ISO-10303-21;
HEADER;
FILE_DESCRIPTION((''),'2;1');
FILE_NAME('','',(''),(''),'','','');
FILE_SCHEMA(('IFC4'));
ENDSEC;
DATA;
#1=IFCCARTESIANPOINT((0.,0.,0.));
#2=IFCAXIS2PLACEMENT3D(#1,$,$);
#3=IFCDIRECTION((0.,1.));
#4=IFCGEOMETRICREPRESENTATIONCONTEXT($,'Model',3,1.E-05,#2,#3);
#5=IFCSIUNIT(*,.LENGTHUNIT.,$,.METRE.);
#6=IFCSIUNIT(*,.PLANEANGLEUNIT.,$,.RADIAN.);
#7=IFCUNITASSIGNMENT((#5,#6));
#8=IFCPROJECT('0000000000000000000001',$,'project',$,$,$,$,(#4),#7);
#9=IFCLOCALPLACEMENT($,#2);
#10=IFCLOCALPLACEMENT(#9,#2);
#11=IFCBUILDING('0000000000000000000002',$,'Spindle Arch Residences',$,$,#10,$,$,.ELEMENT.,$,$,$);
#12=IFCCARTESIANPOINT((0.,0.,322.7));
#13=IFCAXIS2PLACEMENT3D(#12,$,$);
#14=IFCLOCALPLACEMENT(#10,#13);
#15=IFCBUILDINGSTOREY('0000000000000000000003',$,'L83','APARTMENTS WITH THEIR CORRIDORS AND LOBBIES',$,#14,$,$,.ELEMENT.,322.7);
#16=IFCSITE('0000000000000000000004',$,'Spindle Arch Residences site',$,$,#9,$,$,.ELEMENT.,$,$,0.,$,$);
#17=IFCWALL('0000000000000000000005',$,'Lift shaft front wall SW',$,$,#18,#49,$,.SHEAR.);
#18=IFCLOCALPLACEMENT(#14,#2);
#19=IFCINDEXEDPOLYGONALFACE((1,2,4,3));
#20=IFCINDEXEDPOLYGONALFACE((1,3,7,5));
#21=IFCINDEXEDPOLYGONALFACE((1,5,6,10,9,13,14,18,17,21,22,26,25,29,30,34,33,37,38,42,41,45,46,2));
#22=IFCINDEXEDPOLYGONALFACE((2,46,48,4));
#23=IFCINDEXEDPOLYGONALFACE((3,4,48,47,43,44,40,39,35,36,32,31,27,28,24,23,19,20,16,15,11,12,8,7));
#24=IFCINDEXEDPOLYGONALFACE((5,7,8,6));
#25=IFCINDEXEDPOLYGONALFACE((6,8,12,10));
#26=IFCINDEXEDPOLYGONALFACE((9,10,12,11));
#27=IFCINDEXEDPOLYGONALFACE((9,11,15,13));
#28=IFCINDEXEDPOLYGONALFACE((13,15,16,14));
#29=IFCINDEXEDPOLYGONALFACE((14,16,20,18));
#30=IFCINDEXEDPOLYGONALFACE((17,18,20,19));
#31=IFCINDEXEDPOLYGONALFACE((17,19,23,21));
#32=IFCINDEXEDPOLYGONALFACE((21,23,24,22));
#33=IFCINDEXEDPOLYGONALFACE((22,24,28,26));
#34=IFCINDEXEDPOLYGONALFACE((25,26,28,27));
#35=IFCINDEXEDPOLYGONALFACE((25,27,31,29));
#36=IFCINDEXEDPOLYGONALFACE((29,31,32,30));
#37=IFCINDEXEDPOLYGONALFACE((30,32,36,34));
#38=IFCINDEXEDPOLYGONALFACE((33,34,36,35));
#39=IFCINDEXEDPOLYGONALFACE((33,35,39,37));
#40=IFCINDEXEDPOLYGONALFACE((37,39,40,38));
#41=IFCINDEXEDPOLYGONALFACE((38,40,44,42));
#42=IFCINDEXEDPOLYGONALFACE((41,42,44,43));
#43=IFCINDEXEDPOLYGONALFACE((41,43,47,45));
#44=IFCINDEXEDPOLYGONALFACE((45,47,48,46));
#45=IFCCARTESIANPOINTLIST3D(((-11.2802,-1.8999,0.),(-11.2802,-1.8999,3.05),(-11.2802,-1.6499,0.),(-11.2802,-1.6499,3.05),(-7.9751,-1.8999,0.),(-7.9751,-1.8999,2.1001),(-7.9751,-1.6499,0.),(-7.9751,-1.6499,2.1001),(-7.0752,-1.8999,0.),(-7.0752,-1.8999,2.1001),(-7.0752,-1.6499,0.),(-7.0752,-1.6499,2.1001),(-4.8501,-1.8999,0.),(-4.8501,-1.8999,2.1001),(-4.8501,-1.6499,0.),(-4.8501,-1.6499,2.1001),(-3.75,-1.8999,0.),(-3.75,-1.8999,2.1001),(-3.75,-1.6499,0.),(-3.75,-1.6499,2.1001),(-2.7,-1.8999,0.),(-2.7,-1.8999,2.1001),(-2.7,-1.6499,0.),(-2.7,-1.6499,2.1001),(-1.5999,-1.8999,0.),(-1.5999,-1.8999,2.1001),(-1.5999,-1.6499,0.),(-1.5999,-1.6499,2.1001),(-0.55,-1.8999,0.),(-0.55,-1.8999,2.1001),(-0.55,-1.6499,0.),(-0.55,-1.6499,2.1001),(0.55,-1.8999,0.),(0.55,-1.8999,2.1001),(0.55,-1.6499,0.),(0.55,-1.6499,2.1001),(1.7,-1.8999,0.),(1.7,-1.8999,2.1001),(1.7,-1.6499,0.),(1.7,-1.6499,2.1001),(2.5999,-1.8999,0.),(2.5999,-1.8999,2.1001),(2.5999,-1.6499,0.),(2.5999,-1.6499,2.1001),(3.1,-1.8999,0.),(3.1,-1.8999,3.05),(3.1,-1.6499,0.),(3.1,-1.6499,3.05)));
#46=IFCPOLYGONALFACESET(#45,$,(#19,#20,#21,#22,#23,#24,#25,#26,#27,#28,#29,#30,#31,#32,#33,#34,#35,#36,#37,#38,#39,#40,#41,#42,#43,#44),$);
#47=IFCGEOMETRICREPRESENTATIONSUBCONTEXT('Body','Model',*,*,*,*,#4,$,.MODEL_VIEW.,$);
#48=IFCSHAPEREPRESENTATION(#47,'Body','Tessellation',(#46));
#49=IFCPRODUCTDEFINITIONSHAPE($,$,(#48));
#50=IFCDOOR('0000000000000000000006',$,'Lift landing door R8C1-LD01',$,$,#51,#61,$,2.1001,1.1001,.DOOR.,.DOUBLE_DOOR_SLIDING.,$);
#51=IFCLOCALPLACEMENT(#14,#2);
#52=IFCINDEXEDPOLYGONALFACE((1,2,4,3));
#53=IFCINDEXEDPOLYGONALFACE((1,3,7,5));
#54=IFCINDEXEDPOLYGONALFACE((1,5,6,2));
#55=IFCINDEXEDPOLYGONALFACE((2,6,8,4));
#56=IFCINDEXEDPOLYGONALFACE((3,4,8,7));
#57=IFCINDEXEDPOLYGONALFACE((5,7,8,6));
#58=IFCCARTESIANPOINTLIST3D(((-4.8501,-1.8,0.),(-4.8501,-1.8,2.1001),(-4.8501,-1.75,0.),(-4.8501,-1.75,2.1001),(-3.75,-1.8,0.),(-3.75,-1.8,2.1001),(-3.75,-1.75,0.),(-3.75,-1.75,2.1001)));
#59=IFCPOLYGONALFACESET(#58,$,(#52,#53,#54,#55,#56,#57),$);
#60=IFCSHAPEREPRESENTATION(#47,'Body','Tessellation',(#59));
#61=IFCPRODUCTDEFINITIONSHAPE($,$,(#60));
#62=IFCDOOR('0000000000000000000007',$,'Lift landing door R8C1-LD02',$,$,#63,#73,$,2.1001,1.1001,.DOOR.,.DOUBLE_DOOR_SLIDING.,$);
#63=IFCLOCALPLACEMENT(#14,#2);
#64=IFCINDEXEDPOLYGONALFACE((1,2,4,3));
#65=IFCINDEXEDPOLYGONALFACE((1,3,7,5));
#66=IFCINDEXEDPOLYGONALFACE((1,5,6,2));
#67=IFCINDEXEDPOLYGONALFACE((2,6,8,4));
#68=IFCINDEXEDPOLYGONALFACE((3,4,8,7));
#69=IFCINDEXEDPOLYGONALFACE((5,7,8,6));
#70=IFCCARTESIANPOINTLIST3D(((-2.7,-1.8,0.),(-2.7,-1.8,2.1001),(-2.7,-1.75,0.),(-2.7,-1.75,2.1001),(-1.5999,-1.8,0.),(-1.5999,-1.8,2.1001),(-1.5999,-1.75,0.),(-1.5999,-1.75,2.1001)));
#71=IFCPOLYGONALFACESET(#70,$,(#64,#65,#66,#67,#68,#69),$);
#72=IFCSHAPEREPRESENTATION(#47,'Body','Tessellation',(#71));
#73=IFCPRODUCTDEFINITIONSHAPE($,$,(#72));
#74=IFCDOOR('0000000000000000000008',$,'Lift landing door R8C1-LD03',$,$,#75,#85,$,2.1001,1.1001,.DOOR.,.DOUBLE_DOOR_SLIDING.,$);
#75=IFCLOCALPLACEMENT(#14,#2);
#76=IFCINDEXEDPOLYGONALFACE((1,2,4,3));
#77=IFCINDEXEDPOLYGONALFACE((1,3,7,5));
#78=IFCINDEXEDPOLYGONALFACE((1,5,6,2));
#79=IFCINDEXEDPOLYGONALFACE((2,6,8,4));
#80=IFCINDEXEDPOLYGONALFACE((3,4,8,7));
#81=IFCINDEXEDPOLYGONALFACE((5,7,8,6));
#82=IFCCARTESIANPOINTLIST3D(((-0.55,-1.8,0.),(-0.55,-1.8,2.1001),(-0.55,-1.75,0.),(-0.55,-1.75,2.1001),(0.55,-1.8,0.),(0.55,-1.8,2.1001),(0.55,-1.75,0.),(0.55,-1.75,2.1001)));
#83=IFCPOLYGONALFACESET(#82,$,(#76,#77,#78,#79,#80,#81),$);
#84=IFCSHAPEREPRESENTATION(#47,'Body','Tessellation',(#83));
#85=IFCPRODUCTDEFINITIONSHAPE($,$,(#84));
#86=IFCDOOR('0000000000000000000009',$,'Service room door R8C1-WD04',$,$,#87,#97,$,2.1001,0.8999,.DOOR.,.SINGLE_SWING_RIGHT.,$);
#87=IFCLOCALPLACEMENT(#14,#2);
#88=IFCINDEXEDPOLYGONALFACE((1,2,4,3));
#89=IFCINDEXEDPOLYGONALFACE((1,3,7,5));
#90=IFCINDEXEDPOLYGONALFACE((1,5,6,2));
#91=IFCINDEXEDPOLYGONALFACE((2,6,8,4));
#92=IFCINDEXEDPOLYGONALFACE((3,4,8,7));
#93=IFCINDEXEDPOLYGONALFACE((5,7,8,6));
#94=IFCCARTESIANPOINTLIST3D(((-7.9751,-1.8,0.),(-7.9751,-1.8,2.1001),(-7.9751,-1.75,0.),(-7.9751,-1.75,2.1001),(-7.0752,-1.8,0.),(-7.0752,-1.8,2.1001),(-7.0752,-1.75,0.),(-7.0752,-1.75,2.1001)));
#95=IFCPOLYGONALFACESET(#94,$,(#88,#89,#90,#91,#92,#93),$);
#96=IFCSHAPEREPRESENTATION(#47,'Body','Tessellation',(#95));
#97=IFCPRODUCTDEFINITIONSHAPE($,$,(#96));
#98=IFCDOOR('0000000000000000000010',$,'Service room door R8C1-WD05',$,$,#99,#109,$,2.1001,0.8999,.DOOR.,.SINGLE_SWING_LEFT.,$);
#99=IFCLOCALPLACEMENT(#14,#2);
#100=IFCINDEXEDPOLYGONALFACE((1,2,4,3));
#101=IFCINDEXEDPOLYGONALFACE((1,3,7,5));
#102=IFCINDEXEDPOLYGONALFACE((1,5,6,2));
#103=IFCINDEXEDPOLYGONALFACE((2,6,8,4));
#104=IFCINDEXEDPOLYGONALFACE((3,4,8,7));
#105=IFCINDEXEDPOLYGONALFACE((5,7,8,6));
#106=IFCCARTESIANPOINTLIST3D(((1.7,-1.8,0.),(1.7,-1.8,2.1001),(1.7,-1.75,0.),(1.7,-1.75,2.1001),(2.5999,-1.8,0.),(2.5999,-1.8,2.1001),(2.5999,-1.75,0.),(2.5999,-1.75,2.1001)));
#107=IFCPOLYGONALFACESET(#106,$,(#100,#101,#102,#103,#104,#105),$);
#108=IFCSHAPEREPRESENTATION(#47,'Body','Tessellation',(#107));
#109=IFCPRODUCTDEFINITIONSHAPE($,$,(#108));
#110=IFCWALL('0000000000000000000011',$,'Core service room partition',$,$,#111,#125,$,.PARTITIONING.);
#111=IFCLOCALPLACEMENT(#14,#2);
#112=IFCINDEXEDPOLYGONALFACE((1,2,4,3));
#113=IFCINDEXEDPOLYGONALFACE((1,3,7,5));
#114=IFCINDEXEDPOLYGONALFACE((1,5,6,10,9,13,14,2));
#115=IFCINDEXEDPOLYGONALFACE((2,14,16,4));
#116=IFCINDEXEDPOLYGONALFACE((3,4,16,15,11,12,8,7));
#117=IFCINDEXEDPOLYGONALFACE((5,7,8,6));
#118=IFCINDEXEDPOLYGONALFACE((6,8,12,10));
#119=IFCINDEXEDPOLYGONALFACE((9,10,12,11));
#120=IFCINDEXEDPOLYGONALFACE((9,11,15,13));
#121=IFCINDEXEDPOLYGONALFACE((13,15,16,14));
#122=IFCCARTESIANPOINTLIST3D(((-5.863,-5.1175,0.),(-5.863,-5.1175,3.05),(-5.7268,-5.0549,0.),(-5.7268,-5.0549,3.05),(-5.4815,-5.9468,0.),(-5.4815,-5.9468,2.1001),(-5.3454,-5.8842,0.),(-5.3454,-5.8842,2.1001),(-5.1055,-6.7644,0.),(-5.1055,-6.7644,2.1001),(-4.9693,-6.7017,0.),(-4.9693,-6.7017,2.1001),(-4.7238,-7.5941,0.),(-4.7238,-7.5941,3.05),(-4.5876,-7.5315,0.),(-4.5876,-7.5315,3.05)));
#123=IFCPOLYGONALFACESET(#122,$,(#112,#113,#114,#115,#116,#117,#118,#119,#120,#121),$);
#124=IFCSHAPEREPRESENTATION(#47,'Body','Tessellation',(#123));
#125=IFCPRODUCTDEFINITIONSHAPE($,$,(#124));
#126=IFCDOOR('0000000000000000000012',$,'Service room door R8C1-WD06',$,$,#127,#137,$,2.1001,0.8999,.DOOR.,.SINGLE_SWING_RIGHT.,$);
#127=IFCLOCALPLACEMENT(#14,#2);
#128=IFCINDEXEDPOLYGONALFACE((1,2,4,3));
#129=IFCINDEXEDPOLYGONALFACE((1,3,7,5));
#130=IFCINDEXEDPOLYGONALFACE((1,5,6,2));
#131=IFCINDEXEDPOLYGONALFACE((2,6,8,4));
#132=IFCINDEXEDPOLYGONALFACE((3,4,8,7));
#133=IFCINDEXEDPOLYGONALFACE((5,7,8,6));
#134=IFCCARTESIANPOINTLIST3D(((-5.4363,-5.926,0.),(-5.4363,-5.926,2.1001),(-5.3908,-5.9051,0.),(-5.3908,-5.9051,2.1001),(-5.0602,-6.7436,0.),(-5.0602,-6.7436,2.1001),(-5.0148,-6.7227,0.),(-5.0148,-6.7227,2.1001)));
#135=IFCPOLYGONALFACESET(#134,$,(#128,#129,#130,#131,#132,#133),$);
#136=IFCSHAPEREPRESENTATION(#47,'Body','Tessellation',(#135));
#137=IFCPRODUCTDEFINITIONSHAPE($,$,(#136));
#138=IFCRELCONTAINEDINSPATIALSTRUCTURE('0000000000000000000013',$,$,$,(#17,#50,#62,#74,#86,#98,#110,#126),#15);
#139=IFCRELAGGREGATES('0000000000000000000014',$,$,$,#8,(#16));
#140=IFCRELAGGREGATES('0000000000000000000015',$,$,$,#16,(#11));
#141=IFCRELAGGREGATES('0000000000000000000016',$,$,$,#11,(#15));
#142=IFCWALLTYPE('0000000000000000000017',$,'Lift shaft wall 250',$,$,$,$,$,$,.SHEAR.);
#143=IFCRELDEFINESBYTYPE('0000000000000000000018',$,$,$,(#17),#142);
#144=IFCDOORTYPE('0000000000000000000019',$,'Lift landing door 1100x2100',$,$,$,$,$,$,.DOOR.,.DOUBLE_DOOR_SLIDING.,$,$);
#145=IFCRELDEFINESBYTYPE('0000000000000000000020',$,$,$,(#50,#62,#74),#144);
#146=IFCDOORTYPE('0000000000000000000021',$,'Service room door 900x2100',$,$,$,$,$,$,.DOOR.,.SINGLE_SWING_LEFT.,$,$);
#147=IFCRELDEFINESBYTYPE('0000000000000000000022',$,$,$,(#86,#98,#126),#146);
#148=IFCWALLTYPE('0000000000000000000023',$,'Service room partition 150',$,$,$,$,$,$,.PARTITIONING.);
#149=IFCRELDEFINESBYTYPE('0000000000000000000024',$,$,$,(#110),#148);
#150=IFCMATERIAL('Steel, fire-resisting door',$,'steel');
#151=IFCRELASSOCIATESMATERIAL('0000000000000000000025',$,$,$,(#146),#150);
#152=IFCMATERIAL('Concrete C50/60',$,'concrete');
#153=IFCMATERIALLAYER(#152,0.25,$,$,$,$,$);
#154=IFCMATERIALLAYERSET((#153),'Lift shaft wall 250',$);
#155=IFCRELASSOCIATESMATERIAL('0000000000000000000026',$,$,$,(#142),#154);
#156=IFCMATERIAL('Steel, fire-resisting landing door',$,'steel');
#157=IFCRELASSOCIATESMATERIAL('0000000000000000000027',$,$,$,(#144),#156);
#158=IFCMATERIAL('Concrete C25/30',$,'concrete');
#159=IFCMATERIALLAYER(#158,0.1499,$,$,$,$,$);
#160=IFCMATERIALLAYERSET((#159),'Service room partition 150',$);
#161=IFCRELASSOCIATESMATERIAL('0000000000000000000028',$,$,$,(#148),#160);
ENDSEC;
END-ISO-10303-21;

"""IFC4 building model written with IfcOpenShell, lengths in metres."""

from ifc_helpers import new_model, si_unit, direction, frame, frame_2d, origin, place, context, subcontext, project, spatial, rectangle, extrude, material, layer, layer_set, type_object, element, fill, save


model = new_model("IFC4")

# Units and contexts
model_context = context("Model", 3, precision=1e-05, world=origin(), true_north=direction((0.0, 1.0)))
body_context = subcontext(model_context, "Body", "Model", "MODEL_VIEW")
ifc_project = project(units=[si_unit("LENGTHUNIT", "METRE"), si_unit("PLANEANGLEUNIT", "RADIAN")], contexts=[model_context])

# Site, building, storey
site_placement = place(None, origin())
site = spatial("IfcSite", under=ifc_project, at=site_placement, Name="Spindle Arch Residences site", CompositionType="ELEMENT", RefElevation=0.0)
building_placement = place(site_placement, origin())
building = spatial("IfcBuilding", under=site, at=building_placement, Name="Spindle Arch Residences", CompositionType="ELEMENT")
storey_placement = place(building_placement, frame((0.0, 0.0, 322.7)))
storey = spatial("IfcBuildingStorey", under=building, at=storey_placement, Name="L83", Description="APARTMENTS WITH THEIR CORRIDORS AND LOBBIES", CompositionType="ELEMENT", Elevation=322.7)

# Shared definitions
ifc_material_1 = material(Name="Steel, fire-resisting door", Category="steel")
door_type_1 = type_object("IfcDoorType", Name="Service room door 900x2100", OperationType="SINGLE_SWING_LEFT", PredefinedType="DOOR", material=ifc_material_1)

# Wall, openings, doors
ifc_material_2 = material(Name="Concrete C50/60", Category="concrete")
ifc_layer_1 = layer(ifc_material_2, 0.25)
ifc_layer_set_1 = layer_set([ifc_layer_1], Name="Lift shaft wall 250")
wall_type_1 = type_object("IfcWallType", Name="Lift shaft wall 250", PredefinedType="SHEAR", material=ifc_layer_set_1)
wall_1_placement = place(storey_placement, frame((-11.28, -1.7749, 0.0), z_axis=(0.0, 0.0, 1.0), x_axis=(1.0, 0.0, 0.0)))
wall_1 = element("IfcWall", 1, at=wall_1_placement, inside=storey, type_object=wall_type_1, Name="Lift shaft front wall SW", PredefinedType="SHEAR", context=body_context, shape_type="SweptSolid", body=[
    extrude(rectangle(XDim=14.3801, YDim=0.25, at=frame_2d((7.1899, 0.0))), origin(), (0.0, 0.0, 1.0), 3.05),
])
opening_1_placement = place(wall_1_placement, frame((6.4299, 0.0, 0.0)))
opening_1 = element("IfcOpeningElement", 2, at=opening_1_placement, cuts=wall_1, PredefinedType="OPENING", context=body_context, shape_type="SweptSolid", body=[
    extrude(rectangle(XDim=1.1001, YDim=2.1001, at=frame_2d((0.55, 1.05))), frame((0.0, 0.135, 0.0), z_axis=(0.0, -1.0, 0.0), x_axis=(1.0, 0.0, 0.0)), (0.0, 0.0, 1.0), 0.27),
])
opening_2_placement = place(wall_1_placement, frame((8.5801, 0.0, 0.0)))
opening_2 = element("IfcOpeningElement", 3, at=opening_2_placement, cuts=wall_1, PredefinedType="OPENING", context=body_context, shape_type="SweptSolid", body=[
    extrude(rectangle(XDim=1.1001, YDim=2.1001, at=frame_2d((0.55, 1.05))), frame((0.0, 0.135, 0.0), z_axis=(0.0, -1.0, 0.0), x_axis=(1.0, 0.0, 0.0)), (0.0, 0.0, 1.0), 0.27),
])
opening_3_placement = place(wall_1_placement, frame((10.73, 0.0, 0.0)))
opening_3 = element("IfcOpeningElement", 4, at=opening_3_placement, cuts=wall_1, PredefinedType="OPENING", context=body_context, shape_type="SweptSolid", body=[
    extrude(rectangle(XDim=1.1001, YDim=2.1001, at=frame_2d((0.55, 1.05))), frame((0.0, 0.135, 0.0), z_axis=(0.0, -1.0, 0.0), x_axis=(1.0, 0.0, 0.0)), (0.0, 0.0, 1.0), 0.27),
])
opening_4_placement = place(wall_1_placement, frame((3.3049, 0.0, 0.0)))
opening_4 = element("IfcOpeningElement", 5, at=opening_4_placement, cuts=wall_1, PredefinedType="OPENING", context=body_context, shape_type="SweptSolid", body=[
    extrude(rectangle(XDim=0.8999, YDim=2.1001, at=frame_2d((0.45, 1.05))), frame((0.0, 0.135, 0.0), z_axis=(0.0, -1.0, 0.0), x_axis=(1.0, 0.0, 0.0)), (0.0, 0.0, 1.0), 0.27),
])
opening_5_placement = place(wall_1_placement, frame((12.98, 0.0, 0.0)))
opening_5 = element("IfcOpeningElement", 6, at=opening_5_placement, cuts=wall_1, PredefinedType="OPENING", context=body_context, shape_type="SweptSolid", body=[
    extrude(rectangle(XDim=0.8999, YDim=2.1001, at=frame_2d((0.45, 1.05))), frame((0.0, 0.135, 0.0), z_axis=(0.0, -1.0, 0.0), x_axis=(1.0, 0.0, 0.0)), (0.0, 0.0, 1.0), 0.27),
])
ifc_material_3 = material(Name="Steel, fire-resisting landing door", Category="steel")
door_type_2 = type_object("IfcDoorType", Name="Lift landing door 1100x2100", OperationType="DOUBLE_DOOR_SLIDING", PredefinedType="DOOR", material=ifc_material_3)
door_1_placement = place(opening_1_placement, origin())
door_1 = element("IfcDoor", 7, at=door_1_placement, inside=storey, type_object=door_type_2, Name="Lift landing door R8C1-LD01", OperationType="DOUBLE_DOOR_SLIDING", OverallHeight=2.1001, OverallWidth=1.1001, PredefinedType="DOOR", context=body_context, shape_type="SweptSolid", body=[
    extrude(rectangle(XDim=1.1001, YDim=2.1001, at=frame_2d((0.55, 1.05))), frame((0.0, 0.0249, 0.0), z_axis=(0.0, -1.0, 0.0), x_axis=(1.0, 0.0, 0.0)), (0.0, 0.0, 1.0), 0.05),
])
fill(opening_1, door_1)
door_2_placement = place(opening_2_placement, origin())
door_2 = element("IfcDoor", 8, at=door_2_placement, inside=storey, type_object=door_type_2, Name="Lift landing door R8C1-LD02", OperationType="DOUBLE_DOOR_SLIDING", OverallHeight=2.1001, OverallWidth=1.1001, PredefinedType="DOOR", context=body_context, shape_type="SweptSolid", body=[
    extrude(rectangle(XDim=1.1001, YDim=2.1001, at=frame_2d((0.55, 1.05))), frame((0.0, 0.0249, 0.0), z_axis=(0.0, -1.0, 0.0), x_axis=(1.0, 0.0, 0.0)), (0.0, 0.0, 1.0), 0.05),
])
fill(opening_2, door_2)
door_3_placement = place(opening_3_placement, origin())
door_3 = element("IfcDoor", 9, at=door_3_placement, inside=storey, type_object=door_type_2, Name="Lift landing door R8C1-LD03", OperationType="DOUBLE_DOOR_SLIDING", OverallHeight=2.1001, OverallWidth=1.1001, PredefinedType="DOOR", context=body_context, shape_type="SweptSolid", body=[
    extrude(rectangle(XDim=1.1001, YDim=2.1001, at=frame_2d((0.55, 1.05))), frame((0.0, 0.0249, 0.0), z_axis=(0.0, -1.0, 0.0), x_axis=(1.0, 0.0, 0.0)), (0.0, 0.0, 1.0), 0.05),
])
fill(opening_3, door_3)
door_4_placement = place(opening_4_placement, origin())
door_4 = element("IfcDoor", 10, at=door_4_placement, inside=storey, type_object=door_type_1, Name="Service room door R8C1-WD04", OperationType="SINGLE_SWING_RIGHT", OverallHeight=2.1001, OverallWidth=0.8999, PredefinedType="DOOR", context=body_context, shape_type="SweptSolid", body=[
    extrude(rectangle(XDim=0.8999, YDim=2.1001, at=frame_2d((0.45, 1.05))), frame((0.0, 0.0249, 0.0), z_axis=(0.0, -1.0, 0.0), x_axis=(1.0, 0.0, 0.0)), (0.0, 0.0, 1.0), 0.05),
])
fill(opening_4, door_4)
door_5_placement = place(opening_5_placement, origin())
door_5 = element("IfcDoor", 11, at=door_5_placement, inside=storey, type_object=door_type_1, Name="Service room door R8C1-WD05", OperationType="SINGLE_SWING_LEFT", OverallHeight=2.1001, OverallWidth=0.8999, PredefinedType="DOOR", context=body_context, shape_type="SweptSolid", body=[
    extrude(rectangle(XDim=0.8999, YDim=2.1001, at=frame_2d((0.45, 1.05))), frame((0.0, 0.0249, 0.0), z_axis=(0.0, -1.0, 0.0), x_axis=(1.0, 0.0, 0.0)), (0.0, 0.0, 1.0), 0.05),
])
fill(opening_5, door_5)

# Wall, opening, door
ifc_material_4 = material(Name="Concrete C25/30", Category="concrete")
ifc_layer_2 = layer(ifc_material_4, 0.1499)
ifc_layer_set_2 = layer_set([ifc_layer_2], Name="Service room partition 150")
wall_type_2 = type_object("IfcWallType", Name="Service room partition 150", PredefinedType="PARTITIONING", material=ifc_layer_set_2)
wall_2_placement = place(storey_placement, frame((-5.7949, -5.0862, 0.0), z_axis=(0.0, 0.0, 1.0), x_axis=(0.417888, -0.908499, 0.0)))
wall_2 = element("IfcWall", 12, at=wall_2_placement, inside=storey, type_object=wall_type_2, Name="Core service room partition", PredefinedType="PARTITIONING", context=body_context, shape_type="SweptSolid", body=[
    extrude(rectangle(XDim=2.7261, YDim=0.1499, at=frame_2d((1.363, 0.0))), origin(), (0.0, 0.0, 1.0), 3.05),
])
opening_6_placement = place(wall_2_placement, frame((0.9128, 0.0, 0.0)))
opening_6 = element("IfcOpeningElement", 13, at=opening_6_placement, cuts=wall_2, PredefinedType="OPENING", context=body_context, shape_type="SweptSolid", body=[
    extrude(rectangle(XDim=0.8999, YDim=2.1001, at=frame_2d((0.45, 1.05))), frame((0.0, 0.085, 0.0), z_axis=(0.0, -1.0, 0.0), x_axis=(1.0, 0.0, 0.0)), (0.0, 0.0, 1.0), 0.1699),
])
door_6_placement = place(opening_6_placement, origin())
door_6 = element("IfcDoor", 14, at=door_6_placement, inside=storey, type_object=door_type_1, Name="Service room door R8C1-WD06", OperationType="SINGLE_SWING_RIGHT", OverallHeight=2.1001, OverallWidth=0.8999, PredefinedType="DOOR", context=body_context, shape_type="SweptSolid", body=[
    extrude(rectangle(XDim=0.8999, YDim=2.1001, at=frame_2d((0.45, 1.05))), frame((0.0, 0.0249, 0.0), z_axis=(0.0, -1.0, 0.0), x_axis=(1.0, 0.0, 0.0)), (0.0, 0.0, 1.0), 0.05),
])
fill(opening_6, door_6)

save(model, "model.ifc")
